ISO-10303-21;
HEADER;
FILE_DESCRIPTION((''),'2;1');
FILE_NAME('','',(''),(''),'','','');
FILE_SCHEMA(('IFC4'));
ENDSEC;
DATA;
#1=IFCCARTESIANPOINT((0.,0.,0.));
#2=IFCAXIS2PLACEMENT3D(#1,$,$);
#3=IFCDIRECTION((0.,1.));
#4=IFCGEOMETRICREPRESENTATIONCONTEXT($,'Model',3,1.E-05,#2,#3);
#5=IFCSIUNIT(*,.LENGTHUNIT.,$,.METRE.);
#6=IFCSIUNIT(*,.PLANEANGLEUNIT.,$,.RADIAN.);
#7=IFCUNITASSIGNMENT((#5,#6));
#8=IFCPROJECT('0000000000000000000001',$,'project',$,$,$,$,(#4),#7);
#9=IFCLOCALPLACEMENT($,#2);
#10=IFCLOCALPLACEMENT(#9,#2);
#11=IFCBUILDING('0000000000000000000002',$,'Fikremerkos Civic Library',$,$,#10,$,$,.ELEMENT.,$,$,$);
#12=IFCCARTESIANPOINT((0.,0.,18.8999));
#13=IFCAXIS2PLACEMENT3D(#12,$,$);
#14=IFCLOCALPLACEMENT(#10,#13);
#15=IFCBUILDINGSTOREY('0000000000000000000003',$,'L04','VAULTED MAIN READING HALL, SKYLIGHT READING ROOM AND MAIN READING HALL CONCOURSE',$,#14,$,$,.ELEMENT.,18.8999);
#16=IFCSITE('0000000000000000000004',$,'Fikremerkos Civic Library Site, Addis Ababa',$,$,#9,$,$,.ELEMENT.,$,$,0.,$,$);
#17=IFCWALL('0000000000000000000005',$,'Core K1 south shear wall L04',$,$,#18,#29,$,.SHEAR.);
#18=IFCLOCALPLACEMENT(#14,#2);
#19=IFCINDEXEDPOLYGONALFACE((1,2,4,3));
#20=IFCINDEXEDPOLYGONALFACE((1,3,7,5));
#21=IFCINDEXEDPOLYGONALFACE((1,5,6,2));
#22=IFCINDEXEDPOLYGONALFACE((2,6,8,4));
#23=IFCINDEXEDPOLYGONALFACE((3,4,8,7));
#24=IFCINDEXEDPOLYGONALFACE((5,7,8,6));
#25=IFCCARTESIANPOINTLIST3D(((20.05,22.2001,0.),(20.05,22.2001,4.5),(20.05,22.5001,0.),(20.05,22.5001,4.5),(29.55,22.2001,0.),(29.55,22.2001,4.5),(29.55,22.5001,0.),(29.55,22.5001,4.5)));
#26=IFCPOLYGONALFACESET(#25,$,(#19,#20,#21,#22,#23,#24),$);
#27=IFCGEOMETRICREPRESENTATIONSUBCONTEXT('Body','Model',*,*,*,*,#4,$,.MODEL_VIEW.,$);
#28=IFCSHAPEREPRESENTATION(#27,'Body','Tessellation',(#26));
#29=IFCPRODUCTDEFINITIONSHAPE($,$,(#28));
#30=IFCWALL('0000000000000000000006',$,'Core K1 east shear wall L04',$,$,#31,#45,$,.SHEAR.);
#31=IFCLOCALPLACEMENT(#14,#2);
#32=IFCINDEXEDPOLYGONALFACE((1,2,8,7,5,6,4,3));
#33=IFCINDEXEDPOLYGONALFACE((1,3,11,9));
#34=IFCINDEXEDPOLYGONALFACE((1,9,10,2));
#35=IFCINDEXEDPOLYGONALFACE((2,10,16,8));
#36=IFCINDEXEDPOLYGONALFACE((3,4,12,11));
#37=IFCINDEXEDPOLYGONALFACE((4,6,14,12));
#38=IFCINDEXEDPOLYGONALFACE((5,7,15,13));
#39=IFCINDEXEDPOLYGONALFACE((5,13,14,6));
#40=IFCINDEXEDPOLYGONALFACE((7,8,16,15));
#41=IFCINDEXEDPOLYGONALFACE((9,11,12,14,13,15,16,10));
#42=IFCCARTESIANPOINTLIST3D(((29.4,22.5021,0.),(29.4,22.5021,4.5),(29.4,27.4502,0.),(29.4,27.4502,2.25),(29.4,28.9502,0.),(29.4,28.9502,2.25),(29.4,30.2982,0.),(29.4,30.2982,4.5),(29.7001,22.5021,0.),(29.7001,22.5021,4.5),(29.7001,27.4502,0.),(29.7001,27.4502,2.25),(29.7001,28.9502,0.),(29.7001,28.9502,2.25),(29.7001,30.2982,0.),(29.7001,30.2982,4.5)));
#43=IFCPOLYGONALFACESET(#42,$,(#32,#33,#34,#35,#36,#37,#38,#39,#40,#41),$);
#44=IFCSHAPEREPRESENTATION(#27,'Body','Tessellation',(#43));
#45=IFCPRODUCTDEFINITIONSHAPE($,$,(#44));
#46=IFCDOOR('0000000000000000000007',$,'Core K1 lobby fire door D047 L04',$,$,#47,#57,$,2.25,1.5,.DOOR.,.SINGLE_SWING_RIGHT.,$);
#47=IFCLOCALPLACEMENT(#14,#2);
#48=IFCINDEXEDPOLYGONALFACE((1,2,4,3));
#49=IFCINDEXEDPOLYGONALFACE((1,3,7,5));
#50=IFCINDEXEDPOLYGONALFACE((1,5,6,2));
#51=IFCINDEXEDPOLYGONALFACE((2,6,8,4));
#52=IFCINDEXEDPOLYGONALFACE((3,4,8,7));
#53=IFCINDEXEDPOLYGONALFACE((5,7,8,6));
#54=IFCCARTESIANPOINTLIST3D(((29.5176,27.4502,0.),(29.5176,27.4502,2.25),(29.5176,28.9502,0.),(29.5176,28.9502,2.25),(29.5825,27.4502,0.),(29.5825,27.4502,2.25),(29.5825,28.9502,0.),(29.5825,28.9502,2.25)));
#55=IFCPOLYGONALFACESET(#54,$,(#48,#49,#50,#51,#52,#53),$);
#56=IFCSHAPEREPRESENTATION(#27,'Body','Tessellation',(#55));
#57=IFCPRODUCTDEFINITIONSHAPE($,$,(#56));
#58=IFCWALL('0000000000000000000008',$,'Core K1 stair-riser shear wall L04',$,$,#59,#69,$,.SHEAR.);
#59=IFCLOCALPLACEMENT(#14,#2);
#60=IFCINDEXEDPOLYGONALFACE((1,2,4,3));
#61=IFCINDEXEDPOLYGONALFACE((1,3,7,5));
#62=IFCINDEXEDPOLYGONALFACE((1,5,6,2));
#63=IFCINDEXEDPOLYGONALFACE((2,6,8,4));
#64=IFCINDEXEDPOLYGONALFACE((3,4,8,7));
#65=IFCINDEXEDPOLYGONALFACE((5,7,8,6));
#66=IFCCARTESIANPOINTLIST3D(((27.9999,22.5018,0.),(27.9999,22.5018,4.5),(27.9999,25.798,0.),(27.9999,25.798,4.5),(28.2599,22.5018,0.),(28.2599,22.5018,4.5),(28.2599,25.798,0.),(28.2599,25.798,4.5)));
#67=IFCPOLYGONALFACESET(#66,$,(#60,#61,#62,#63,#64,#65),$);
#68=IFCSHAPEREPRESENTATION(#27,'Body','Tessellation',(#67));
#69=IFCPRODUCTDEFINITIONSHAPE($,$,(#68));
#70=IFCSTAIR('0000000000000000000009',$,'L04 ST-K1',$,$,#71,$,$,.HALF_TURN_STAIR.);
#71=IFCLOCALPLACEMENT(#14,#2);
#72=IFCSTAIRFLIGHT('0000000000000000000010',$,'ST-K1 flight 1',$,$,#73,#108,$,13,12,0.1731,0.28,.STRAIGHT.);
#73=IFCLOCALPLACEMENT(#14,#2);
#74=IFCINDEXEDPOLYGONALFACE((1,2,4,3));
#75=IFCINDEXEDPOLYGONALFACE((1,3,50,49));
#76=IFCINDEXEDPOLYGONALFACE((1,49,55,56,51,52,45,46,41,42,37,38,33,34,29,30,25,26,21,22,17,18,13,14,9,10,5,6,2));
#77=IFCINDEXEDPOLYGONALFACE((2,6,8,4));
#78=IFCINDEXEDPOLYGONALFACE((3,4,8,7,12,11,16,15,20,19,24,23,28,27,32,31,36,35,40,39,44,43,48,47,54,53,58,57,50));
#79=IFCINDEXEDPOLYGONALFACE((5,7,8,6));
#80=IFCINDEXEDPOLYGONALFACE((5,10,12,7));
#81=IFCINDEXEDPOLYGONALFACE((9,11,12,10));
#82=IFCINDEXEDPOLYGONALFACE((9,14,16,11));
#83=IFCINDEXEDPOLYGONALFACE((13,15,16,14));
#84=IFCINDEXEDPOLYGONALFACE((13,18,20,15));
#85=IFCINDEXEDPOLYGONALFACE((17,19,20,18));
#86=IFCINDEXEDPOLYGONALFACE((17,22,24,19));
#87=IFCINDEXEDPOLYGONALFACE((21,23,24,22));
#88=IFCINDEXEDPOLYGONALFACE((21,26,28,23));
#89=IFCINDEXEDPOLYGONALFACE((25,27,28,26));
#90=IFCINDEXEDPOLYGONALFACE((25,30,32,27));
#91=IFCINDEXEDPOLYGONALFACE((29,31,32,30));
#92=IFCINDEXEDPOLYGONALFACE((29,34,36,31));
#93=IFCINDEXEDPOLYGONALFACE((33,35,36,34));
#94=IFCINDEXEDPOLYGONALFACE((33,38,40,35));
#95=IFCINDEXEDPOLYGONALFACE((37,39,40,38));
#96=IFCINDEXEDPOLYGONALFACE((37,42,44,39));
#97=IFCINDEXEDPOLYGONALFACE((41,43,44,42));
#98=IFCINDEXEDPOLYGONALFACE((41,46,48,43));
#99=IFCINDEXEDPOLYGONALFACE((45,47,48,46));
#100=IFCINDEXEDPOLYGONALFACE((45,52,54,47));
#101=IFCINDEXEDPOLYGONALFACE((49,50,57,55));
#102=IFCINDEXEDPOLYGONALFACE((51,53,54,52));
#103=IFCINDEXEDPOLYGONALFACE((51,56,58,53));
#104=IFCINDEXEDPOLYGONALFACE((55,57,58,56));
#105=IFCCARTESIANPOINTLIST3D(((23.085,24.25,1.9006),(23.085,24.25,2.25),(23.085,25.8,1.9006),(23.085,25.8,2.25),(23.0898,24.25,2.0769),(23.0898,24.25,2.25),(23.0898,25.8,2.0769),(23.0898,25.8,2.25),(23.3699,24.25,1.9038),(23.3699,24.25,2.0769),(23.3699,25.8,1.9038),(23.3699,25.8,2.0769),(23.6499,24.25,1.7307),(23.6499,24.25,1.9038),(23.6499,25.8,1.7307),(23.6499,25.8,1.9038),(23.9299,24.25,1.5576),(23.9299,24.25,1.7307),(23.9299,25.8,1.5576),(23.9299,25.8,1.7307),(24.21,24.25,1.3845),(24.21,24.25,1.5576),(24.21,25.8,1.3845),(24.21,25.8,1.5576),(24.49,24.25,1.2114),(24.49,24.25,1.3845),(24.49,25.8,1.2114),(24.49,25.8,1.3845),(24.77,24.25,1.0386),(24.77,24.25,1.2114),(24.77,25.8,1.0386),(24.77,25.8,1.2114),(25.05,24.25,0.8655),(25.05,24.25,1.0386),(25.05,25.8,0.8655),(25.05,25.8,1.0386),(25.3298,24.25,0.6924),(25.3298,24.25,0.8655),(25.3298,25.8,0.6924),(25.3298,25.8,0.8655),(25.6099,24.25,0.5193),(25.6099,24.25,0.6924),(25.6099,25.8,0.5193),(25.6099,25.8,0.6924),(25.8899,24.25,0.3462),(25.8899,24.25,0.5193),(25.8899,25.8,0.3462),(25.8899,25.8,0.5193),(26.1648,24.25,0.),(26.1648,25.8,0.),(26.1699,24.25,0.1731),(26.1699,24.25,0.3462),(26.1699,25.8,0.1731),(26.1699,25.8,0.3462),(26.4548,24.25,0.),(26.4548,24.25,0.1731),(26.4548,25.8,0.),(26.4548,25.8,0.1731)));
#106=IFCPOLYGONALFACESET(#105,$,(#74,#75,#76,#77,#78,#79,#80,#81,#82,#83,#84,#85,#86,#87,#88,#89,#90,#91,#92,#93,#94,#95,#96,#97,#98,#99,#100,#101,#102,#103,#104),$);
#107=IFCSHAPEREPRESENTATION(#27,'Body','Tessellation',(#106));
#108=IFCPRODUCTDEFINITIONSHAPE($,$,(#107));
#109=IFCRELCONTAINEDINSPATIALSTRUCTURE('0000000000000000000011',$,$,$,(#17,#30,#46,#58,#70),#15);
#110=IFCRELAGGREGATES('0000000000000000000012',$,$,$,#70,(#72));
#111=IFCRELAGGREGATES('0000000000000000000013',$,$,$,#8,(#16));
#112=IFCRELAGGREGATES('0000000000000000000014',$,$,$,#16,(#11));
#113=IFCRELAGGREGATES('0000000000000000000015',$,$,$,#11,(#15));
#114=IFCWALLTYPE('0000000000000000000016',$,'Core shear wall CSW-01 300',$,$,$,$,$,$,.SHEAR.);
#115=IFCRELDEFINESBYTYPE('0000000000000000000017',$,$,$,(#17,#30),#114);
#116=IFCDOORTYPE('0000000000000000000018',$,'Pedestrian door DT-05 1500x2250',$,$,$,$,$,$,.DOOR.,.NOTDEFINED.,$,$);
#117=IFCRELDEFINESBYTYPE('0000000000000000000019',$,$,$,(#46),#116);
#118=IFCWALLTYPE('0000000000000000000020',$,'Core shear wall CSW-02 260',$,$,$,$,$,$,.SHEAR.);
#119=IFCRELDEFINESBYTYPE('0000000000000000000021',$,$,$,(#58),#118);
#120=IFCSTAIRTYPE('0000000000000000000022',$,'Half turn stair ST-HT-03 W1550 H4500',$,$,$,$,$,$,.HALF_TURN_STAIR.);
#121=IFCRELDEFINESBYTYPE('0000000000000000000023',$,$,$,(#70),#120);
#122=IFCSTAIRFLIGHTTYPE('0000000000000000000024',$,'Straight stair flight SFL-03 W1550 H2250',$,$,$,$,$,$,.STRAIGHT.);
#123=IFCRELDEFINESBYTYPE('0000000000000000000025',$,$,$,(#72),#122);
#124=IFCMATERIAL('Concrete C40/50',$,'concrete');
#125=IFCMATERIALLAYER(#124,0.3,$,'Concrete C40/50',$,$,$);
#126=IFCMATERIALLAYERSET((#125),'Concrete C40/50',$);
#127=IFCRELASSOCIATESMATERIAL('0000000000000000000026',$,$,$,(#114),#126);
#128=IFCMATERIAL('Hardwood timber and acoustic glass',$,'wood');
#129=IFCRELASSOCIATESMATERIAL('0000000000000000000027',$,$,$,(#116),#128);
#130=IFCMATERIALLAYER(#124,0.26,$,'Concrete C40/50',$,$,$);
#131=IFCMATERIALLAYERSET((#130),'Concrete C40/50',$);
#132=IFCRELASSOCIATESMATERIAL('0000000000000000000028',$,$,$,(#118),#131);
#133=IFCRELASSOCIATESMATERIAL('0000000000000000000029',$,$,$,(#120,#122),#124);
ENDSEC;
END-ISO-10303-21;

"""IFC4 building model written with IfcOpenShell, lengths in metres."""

from ifc_helpers import new_model, si_unit, direction, frame, frame_2d, origin, place, context, subcontext, project, spatial, polyline, rectangle, outline, extrude, material, layer, layer_set, type_object, element, fill, aggregate, save


model = new_model("IFC4")

# Units and contexts
model_context = context("Model", 3, precision=1e-05, world=origin(), true_north=direction((0.0, 1.0)))
body_context = subcontext(model_context, "Body", "Model", "MODEL_VIEW")
ifc_project = project(units=[si_unit("LENGTHUNIT", "METRE"), si_unit("PLANEANGLEUNIT", "RADIAN")], contexts=[model_context])

# Site, building, storey
site_placement = place(None, origin())
site = spatial("IfcSite", under=ifc_project, at=site_placement, Name="Fikremerkos Civic Library Site, Addis Ababa", CompositionType="ELEMENT", RefElevation=0.0)
building_placement = place(site_placement, origin())
building = spatial("IfcBuilding", under=site, at=building_placement, Name="Fikremerkos Civic Library", CompositionType="ELEMENT")
storey_placement = place(building_placement, frame((0.0, 0.0, 18.8999)))
storey = spatial("IfcBuildingStorey", under=building, at=storey_placement, Name="L04", Description="VAULTED MAIN READING HALL, SKYLIGHT READING ROOM AND MAIN READING HALL CONCOURSE", CompositionType="ELEMENT", Elevation=18.8999)

# Wall
ifc_material_1 = material(Name="Concrete C40/50", Category="concrete")
ifc_layer_1 = layer(ifc_material_1, 0.3, Name="Concrete C40/50")
ifc_layer_set_1 = layer_set([ifc_layer_1], Name="Concrete C40/50")
wall_type_1 = type_object("IfcWallType", Name="Core shear wall CSW-01 300", PredefinedType="SHEAR", material=ifc_layer_set_1)
wall_1_placement = place(storey_placement, frame((29.55, 22.3501, 0.0), z_axis=(0.0, 0.0, 1.0), x_axis=(-1.0, 0.0, 0.0)))
element("IfcWall", 1, at=wall_1_placement, inside=storey, type_object=wall_type_1, Name="Core K1 south shear wall L04", PredefinedType="SHEAR", context=body_context, shape_type="SweptSolid", body=[
    extrude(rectangle(XDim=9.5, YDim=0.3, at=frame_2d((4.75, 0.0))), origin(), (0.0, 0.0, 1.0), 4.5),
])

# Wall, opening, door
wall_2_placement = place(storey_placement, frame((29.55, 30.2981, 0.0), z_axis=(0.0, 0.0, 1.0), x_axis=(0.0, -1.0, 0.0)))
wall_2 = element("IfcWall", 2, at=wall_2_placement, inside=storey, type_object=wall_type_1, Name="Core K1 east shear wall L04", PredefinedType="SHEAR", context=body_context, shape_type="SweptSolid", body=[
    extrude(rectangle(XDim=7.7961, YDim=0.3, at=frame_2d((3.8979, 0.0))), origin(), (0.0, 0.0, 1.0), 4.5),
])
opening_placement = place(wall_2_placement, frame((1.3479, 0.0, 0.0)))
opening = element("IfcOpeningElement", 3, at=opening_placement, cuts=wall_2, PredefinedType="OPENING", context=body_context, shape_type="SweptSolid", body=[
    extrude(rectangle(XDim=1.5, YDim=2.25, at=frame_2d((0.75, 1.125))), frame((0.0, 0.1599, 0.0), z_axis=(0.0, -1.0, 0.0), x_axis=(1.0, 0.0, 0.0)), (0.0, 0.0, 1.0), 0.3201),
])
ifc_material_2 = material(Name="Hardwood timber and acoustic glass", Category="wood")
door_type = type_object("IfcDoorType", Name="Pedestrian door DT-05 1500x2250", OperationType="NOTDEFINED", PredefinedType="DOOR", material=ifc_material_2)
door_placement = place(opening_placement, origin())
door = element("IfcDoor", 4, at=door_placement, inside=storey, type_object=door_type, Name="Core K1 lobby fire door D047 L04", OperationType="SINGLE_SWING_RIGHT", OverallHeight=2.25, OverallWidth=1.5, PredefinedType="DOOR", context=body_context, shape_type="SweptSolid", body=[
    extrude(rectangle(XDim=1.5, YDim=2.25, at=frame_2d((0.75, 1.125))), frame((0.0, 0.0325, 0.0), z_axis=(0.0, -1.0, 0.0), x_axis=(1.0, 0.0, 0.0)), (0.0, 0.0, 1.0), 0.0649),
])
fill(opening, door)

# Wall
ifc_layer_2 = layer(ifc_material_1, 0.26, Name="Concrete C40/50")
ifc_layer_set_2 = layer_set([ifc_layer_2], Name="Concrete C40/50")
wall_type_2 = type_object("IfcWallType", Name="Core shear wall CSW-02 260", PredefinedType="SHEAR", material=ifc_layer_set_2)
wall_3_placement = place(storey_placement, frame((28.1299, 22.502, 0.0), z_axis=(0.0, 0.0, 1.0), x_axis=(0.0, 1.0, 0.0)))
element("IfcWall", 5, at=wall_3_placement, inside=storey, type_object=wall_type_2, Name="Core K1 stair-riser shear wall L04", PredefinedType="SHEAR", context=body_context, shape_type="SweptSolid", body=[
    extrude(rectangle(XDim=3.2961, YDim=0.26, at=frame_2d((1.6479, 0.0))), origin(), (0.0, 0.0, 1.0), 4.5),
])

# Stair, stair flight
stair_type = type_object("IfcStairType", Name="Half turn stair ST-HT-03 W1550 H4500", PredefinedType="HALF_TURN_STAIR", material=ifc_material_1)
stair_placement = place(storey_placement, origin())
stair = element("IfcStair", 6, at=stair_placement, inside=storey, type_object=stair_type, Name="L04 ST-K1", PredefinedType="HALF_TURN_STAIR")
stair_flight_type = type_object("IfcStairFlightType", Name="Straight stair flight SFL-03 W1550 H2250", PredefinedType="STRAIGHT", material=ifc_material_1)
stair_flight_placement = place(storey_placement, frame((26.45, 25.0249, 0.0), z_axis=(0.0, 0.0, 1.0), x_axis=(-1.0, 0.0, 0.0)))
stair_flight = element("IfcStairFlight", 7, at=stair_flight_placement, type_object=stair_flight_type, Name="ST-K1 flight 1", NumberOfRisers=13, NumberOfTreads=12, PredefinedType="STRAIGHT", RiserHeight=0.1731, TreadLength=0.28, context=body_context, shape_type="SweptSolid", body=[
    extrude(outline(polyline([(-0.0049, 0.0), (-0.0049, 0.1731), (0.28, 0.1731), (0.28, 0.3462), (0.5601, 0.3462), (0.5601, 0.5193), (0.8401, 0.5193), (0.8401, 0.6924), (1.1201, 0.6924), (1.1201, 0.8655), (1.3999, 0.8655), (1.3999, 1.0386), (1.6799, 1.0386), (1.6799, 1.2114), (1.96, 1.2114), (1.96, 1.3845), (2.24, 1.3845), (2.24, 1.5576), (2.52, 1.5576), (2.52, 1.7307), (2.8, 1.7307), (2.8, 1.9038), (3.0801, 1.9038), (3.0801, 2.0769), (3.3601, 2.0769), (3.3601, 2.25), (3.365, 2.25), (3.365, 1.9006), (0.2852, 0.0), (-0.0049, 0.0)])), frame((0.0, 0.7749, 0.0), z_axis=(0.0, -1.0, 0.0), x_axis=(1.0, 0.0, 0.0)), (0.0, 0.0, 1.0), 1.55),
])
aggregate(stair, [stair_flight])

save(model, "model.ifc")
